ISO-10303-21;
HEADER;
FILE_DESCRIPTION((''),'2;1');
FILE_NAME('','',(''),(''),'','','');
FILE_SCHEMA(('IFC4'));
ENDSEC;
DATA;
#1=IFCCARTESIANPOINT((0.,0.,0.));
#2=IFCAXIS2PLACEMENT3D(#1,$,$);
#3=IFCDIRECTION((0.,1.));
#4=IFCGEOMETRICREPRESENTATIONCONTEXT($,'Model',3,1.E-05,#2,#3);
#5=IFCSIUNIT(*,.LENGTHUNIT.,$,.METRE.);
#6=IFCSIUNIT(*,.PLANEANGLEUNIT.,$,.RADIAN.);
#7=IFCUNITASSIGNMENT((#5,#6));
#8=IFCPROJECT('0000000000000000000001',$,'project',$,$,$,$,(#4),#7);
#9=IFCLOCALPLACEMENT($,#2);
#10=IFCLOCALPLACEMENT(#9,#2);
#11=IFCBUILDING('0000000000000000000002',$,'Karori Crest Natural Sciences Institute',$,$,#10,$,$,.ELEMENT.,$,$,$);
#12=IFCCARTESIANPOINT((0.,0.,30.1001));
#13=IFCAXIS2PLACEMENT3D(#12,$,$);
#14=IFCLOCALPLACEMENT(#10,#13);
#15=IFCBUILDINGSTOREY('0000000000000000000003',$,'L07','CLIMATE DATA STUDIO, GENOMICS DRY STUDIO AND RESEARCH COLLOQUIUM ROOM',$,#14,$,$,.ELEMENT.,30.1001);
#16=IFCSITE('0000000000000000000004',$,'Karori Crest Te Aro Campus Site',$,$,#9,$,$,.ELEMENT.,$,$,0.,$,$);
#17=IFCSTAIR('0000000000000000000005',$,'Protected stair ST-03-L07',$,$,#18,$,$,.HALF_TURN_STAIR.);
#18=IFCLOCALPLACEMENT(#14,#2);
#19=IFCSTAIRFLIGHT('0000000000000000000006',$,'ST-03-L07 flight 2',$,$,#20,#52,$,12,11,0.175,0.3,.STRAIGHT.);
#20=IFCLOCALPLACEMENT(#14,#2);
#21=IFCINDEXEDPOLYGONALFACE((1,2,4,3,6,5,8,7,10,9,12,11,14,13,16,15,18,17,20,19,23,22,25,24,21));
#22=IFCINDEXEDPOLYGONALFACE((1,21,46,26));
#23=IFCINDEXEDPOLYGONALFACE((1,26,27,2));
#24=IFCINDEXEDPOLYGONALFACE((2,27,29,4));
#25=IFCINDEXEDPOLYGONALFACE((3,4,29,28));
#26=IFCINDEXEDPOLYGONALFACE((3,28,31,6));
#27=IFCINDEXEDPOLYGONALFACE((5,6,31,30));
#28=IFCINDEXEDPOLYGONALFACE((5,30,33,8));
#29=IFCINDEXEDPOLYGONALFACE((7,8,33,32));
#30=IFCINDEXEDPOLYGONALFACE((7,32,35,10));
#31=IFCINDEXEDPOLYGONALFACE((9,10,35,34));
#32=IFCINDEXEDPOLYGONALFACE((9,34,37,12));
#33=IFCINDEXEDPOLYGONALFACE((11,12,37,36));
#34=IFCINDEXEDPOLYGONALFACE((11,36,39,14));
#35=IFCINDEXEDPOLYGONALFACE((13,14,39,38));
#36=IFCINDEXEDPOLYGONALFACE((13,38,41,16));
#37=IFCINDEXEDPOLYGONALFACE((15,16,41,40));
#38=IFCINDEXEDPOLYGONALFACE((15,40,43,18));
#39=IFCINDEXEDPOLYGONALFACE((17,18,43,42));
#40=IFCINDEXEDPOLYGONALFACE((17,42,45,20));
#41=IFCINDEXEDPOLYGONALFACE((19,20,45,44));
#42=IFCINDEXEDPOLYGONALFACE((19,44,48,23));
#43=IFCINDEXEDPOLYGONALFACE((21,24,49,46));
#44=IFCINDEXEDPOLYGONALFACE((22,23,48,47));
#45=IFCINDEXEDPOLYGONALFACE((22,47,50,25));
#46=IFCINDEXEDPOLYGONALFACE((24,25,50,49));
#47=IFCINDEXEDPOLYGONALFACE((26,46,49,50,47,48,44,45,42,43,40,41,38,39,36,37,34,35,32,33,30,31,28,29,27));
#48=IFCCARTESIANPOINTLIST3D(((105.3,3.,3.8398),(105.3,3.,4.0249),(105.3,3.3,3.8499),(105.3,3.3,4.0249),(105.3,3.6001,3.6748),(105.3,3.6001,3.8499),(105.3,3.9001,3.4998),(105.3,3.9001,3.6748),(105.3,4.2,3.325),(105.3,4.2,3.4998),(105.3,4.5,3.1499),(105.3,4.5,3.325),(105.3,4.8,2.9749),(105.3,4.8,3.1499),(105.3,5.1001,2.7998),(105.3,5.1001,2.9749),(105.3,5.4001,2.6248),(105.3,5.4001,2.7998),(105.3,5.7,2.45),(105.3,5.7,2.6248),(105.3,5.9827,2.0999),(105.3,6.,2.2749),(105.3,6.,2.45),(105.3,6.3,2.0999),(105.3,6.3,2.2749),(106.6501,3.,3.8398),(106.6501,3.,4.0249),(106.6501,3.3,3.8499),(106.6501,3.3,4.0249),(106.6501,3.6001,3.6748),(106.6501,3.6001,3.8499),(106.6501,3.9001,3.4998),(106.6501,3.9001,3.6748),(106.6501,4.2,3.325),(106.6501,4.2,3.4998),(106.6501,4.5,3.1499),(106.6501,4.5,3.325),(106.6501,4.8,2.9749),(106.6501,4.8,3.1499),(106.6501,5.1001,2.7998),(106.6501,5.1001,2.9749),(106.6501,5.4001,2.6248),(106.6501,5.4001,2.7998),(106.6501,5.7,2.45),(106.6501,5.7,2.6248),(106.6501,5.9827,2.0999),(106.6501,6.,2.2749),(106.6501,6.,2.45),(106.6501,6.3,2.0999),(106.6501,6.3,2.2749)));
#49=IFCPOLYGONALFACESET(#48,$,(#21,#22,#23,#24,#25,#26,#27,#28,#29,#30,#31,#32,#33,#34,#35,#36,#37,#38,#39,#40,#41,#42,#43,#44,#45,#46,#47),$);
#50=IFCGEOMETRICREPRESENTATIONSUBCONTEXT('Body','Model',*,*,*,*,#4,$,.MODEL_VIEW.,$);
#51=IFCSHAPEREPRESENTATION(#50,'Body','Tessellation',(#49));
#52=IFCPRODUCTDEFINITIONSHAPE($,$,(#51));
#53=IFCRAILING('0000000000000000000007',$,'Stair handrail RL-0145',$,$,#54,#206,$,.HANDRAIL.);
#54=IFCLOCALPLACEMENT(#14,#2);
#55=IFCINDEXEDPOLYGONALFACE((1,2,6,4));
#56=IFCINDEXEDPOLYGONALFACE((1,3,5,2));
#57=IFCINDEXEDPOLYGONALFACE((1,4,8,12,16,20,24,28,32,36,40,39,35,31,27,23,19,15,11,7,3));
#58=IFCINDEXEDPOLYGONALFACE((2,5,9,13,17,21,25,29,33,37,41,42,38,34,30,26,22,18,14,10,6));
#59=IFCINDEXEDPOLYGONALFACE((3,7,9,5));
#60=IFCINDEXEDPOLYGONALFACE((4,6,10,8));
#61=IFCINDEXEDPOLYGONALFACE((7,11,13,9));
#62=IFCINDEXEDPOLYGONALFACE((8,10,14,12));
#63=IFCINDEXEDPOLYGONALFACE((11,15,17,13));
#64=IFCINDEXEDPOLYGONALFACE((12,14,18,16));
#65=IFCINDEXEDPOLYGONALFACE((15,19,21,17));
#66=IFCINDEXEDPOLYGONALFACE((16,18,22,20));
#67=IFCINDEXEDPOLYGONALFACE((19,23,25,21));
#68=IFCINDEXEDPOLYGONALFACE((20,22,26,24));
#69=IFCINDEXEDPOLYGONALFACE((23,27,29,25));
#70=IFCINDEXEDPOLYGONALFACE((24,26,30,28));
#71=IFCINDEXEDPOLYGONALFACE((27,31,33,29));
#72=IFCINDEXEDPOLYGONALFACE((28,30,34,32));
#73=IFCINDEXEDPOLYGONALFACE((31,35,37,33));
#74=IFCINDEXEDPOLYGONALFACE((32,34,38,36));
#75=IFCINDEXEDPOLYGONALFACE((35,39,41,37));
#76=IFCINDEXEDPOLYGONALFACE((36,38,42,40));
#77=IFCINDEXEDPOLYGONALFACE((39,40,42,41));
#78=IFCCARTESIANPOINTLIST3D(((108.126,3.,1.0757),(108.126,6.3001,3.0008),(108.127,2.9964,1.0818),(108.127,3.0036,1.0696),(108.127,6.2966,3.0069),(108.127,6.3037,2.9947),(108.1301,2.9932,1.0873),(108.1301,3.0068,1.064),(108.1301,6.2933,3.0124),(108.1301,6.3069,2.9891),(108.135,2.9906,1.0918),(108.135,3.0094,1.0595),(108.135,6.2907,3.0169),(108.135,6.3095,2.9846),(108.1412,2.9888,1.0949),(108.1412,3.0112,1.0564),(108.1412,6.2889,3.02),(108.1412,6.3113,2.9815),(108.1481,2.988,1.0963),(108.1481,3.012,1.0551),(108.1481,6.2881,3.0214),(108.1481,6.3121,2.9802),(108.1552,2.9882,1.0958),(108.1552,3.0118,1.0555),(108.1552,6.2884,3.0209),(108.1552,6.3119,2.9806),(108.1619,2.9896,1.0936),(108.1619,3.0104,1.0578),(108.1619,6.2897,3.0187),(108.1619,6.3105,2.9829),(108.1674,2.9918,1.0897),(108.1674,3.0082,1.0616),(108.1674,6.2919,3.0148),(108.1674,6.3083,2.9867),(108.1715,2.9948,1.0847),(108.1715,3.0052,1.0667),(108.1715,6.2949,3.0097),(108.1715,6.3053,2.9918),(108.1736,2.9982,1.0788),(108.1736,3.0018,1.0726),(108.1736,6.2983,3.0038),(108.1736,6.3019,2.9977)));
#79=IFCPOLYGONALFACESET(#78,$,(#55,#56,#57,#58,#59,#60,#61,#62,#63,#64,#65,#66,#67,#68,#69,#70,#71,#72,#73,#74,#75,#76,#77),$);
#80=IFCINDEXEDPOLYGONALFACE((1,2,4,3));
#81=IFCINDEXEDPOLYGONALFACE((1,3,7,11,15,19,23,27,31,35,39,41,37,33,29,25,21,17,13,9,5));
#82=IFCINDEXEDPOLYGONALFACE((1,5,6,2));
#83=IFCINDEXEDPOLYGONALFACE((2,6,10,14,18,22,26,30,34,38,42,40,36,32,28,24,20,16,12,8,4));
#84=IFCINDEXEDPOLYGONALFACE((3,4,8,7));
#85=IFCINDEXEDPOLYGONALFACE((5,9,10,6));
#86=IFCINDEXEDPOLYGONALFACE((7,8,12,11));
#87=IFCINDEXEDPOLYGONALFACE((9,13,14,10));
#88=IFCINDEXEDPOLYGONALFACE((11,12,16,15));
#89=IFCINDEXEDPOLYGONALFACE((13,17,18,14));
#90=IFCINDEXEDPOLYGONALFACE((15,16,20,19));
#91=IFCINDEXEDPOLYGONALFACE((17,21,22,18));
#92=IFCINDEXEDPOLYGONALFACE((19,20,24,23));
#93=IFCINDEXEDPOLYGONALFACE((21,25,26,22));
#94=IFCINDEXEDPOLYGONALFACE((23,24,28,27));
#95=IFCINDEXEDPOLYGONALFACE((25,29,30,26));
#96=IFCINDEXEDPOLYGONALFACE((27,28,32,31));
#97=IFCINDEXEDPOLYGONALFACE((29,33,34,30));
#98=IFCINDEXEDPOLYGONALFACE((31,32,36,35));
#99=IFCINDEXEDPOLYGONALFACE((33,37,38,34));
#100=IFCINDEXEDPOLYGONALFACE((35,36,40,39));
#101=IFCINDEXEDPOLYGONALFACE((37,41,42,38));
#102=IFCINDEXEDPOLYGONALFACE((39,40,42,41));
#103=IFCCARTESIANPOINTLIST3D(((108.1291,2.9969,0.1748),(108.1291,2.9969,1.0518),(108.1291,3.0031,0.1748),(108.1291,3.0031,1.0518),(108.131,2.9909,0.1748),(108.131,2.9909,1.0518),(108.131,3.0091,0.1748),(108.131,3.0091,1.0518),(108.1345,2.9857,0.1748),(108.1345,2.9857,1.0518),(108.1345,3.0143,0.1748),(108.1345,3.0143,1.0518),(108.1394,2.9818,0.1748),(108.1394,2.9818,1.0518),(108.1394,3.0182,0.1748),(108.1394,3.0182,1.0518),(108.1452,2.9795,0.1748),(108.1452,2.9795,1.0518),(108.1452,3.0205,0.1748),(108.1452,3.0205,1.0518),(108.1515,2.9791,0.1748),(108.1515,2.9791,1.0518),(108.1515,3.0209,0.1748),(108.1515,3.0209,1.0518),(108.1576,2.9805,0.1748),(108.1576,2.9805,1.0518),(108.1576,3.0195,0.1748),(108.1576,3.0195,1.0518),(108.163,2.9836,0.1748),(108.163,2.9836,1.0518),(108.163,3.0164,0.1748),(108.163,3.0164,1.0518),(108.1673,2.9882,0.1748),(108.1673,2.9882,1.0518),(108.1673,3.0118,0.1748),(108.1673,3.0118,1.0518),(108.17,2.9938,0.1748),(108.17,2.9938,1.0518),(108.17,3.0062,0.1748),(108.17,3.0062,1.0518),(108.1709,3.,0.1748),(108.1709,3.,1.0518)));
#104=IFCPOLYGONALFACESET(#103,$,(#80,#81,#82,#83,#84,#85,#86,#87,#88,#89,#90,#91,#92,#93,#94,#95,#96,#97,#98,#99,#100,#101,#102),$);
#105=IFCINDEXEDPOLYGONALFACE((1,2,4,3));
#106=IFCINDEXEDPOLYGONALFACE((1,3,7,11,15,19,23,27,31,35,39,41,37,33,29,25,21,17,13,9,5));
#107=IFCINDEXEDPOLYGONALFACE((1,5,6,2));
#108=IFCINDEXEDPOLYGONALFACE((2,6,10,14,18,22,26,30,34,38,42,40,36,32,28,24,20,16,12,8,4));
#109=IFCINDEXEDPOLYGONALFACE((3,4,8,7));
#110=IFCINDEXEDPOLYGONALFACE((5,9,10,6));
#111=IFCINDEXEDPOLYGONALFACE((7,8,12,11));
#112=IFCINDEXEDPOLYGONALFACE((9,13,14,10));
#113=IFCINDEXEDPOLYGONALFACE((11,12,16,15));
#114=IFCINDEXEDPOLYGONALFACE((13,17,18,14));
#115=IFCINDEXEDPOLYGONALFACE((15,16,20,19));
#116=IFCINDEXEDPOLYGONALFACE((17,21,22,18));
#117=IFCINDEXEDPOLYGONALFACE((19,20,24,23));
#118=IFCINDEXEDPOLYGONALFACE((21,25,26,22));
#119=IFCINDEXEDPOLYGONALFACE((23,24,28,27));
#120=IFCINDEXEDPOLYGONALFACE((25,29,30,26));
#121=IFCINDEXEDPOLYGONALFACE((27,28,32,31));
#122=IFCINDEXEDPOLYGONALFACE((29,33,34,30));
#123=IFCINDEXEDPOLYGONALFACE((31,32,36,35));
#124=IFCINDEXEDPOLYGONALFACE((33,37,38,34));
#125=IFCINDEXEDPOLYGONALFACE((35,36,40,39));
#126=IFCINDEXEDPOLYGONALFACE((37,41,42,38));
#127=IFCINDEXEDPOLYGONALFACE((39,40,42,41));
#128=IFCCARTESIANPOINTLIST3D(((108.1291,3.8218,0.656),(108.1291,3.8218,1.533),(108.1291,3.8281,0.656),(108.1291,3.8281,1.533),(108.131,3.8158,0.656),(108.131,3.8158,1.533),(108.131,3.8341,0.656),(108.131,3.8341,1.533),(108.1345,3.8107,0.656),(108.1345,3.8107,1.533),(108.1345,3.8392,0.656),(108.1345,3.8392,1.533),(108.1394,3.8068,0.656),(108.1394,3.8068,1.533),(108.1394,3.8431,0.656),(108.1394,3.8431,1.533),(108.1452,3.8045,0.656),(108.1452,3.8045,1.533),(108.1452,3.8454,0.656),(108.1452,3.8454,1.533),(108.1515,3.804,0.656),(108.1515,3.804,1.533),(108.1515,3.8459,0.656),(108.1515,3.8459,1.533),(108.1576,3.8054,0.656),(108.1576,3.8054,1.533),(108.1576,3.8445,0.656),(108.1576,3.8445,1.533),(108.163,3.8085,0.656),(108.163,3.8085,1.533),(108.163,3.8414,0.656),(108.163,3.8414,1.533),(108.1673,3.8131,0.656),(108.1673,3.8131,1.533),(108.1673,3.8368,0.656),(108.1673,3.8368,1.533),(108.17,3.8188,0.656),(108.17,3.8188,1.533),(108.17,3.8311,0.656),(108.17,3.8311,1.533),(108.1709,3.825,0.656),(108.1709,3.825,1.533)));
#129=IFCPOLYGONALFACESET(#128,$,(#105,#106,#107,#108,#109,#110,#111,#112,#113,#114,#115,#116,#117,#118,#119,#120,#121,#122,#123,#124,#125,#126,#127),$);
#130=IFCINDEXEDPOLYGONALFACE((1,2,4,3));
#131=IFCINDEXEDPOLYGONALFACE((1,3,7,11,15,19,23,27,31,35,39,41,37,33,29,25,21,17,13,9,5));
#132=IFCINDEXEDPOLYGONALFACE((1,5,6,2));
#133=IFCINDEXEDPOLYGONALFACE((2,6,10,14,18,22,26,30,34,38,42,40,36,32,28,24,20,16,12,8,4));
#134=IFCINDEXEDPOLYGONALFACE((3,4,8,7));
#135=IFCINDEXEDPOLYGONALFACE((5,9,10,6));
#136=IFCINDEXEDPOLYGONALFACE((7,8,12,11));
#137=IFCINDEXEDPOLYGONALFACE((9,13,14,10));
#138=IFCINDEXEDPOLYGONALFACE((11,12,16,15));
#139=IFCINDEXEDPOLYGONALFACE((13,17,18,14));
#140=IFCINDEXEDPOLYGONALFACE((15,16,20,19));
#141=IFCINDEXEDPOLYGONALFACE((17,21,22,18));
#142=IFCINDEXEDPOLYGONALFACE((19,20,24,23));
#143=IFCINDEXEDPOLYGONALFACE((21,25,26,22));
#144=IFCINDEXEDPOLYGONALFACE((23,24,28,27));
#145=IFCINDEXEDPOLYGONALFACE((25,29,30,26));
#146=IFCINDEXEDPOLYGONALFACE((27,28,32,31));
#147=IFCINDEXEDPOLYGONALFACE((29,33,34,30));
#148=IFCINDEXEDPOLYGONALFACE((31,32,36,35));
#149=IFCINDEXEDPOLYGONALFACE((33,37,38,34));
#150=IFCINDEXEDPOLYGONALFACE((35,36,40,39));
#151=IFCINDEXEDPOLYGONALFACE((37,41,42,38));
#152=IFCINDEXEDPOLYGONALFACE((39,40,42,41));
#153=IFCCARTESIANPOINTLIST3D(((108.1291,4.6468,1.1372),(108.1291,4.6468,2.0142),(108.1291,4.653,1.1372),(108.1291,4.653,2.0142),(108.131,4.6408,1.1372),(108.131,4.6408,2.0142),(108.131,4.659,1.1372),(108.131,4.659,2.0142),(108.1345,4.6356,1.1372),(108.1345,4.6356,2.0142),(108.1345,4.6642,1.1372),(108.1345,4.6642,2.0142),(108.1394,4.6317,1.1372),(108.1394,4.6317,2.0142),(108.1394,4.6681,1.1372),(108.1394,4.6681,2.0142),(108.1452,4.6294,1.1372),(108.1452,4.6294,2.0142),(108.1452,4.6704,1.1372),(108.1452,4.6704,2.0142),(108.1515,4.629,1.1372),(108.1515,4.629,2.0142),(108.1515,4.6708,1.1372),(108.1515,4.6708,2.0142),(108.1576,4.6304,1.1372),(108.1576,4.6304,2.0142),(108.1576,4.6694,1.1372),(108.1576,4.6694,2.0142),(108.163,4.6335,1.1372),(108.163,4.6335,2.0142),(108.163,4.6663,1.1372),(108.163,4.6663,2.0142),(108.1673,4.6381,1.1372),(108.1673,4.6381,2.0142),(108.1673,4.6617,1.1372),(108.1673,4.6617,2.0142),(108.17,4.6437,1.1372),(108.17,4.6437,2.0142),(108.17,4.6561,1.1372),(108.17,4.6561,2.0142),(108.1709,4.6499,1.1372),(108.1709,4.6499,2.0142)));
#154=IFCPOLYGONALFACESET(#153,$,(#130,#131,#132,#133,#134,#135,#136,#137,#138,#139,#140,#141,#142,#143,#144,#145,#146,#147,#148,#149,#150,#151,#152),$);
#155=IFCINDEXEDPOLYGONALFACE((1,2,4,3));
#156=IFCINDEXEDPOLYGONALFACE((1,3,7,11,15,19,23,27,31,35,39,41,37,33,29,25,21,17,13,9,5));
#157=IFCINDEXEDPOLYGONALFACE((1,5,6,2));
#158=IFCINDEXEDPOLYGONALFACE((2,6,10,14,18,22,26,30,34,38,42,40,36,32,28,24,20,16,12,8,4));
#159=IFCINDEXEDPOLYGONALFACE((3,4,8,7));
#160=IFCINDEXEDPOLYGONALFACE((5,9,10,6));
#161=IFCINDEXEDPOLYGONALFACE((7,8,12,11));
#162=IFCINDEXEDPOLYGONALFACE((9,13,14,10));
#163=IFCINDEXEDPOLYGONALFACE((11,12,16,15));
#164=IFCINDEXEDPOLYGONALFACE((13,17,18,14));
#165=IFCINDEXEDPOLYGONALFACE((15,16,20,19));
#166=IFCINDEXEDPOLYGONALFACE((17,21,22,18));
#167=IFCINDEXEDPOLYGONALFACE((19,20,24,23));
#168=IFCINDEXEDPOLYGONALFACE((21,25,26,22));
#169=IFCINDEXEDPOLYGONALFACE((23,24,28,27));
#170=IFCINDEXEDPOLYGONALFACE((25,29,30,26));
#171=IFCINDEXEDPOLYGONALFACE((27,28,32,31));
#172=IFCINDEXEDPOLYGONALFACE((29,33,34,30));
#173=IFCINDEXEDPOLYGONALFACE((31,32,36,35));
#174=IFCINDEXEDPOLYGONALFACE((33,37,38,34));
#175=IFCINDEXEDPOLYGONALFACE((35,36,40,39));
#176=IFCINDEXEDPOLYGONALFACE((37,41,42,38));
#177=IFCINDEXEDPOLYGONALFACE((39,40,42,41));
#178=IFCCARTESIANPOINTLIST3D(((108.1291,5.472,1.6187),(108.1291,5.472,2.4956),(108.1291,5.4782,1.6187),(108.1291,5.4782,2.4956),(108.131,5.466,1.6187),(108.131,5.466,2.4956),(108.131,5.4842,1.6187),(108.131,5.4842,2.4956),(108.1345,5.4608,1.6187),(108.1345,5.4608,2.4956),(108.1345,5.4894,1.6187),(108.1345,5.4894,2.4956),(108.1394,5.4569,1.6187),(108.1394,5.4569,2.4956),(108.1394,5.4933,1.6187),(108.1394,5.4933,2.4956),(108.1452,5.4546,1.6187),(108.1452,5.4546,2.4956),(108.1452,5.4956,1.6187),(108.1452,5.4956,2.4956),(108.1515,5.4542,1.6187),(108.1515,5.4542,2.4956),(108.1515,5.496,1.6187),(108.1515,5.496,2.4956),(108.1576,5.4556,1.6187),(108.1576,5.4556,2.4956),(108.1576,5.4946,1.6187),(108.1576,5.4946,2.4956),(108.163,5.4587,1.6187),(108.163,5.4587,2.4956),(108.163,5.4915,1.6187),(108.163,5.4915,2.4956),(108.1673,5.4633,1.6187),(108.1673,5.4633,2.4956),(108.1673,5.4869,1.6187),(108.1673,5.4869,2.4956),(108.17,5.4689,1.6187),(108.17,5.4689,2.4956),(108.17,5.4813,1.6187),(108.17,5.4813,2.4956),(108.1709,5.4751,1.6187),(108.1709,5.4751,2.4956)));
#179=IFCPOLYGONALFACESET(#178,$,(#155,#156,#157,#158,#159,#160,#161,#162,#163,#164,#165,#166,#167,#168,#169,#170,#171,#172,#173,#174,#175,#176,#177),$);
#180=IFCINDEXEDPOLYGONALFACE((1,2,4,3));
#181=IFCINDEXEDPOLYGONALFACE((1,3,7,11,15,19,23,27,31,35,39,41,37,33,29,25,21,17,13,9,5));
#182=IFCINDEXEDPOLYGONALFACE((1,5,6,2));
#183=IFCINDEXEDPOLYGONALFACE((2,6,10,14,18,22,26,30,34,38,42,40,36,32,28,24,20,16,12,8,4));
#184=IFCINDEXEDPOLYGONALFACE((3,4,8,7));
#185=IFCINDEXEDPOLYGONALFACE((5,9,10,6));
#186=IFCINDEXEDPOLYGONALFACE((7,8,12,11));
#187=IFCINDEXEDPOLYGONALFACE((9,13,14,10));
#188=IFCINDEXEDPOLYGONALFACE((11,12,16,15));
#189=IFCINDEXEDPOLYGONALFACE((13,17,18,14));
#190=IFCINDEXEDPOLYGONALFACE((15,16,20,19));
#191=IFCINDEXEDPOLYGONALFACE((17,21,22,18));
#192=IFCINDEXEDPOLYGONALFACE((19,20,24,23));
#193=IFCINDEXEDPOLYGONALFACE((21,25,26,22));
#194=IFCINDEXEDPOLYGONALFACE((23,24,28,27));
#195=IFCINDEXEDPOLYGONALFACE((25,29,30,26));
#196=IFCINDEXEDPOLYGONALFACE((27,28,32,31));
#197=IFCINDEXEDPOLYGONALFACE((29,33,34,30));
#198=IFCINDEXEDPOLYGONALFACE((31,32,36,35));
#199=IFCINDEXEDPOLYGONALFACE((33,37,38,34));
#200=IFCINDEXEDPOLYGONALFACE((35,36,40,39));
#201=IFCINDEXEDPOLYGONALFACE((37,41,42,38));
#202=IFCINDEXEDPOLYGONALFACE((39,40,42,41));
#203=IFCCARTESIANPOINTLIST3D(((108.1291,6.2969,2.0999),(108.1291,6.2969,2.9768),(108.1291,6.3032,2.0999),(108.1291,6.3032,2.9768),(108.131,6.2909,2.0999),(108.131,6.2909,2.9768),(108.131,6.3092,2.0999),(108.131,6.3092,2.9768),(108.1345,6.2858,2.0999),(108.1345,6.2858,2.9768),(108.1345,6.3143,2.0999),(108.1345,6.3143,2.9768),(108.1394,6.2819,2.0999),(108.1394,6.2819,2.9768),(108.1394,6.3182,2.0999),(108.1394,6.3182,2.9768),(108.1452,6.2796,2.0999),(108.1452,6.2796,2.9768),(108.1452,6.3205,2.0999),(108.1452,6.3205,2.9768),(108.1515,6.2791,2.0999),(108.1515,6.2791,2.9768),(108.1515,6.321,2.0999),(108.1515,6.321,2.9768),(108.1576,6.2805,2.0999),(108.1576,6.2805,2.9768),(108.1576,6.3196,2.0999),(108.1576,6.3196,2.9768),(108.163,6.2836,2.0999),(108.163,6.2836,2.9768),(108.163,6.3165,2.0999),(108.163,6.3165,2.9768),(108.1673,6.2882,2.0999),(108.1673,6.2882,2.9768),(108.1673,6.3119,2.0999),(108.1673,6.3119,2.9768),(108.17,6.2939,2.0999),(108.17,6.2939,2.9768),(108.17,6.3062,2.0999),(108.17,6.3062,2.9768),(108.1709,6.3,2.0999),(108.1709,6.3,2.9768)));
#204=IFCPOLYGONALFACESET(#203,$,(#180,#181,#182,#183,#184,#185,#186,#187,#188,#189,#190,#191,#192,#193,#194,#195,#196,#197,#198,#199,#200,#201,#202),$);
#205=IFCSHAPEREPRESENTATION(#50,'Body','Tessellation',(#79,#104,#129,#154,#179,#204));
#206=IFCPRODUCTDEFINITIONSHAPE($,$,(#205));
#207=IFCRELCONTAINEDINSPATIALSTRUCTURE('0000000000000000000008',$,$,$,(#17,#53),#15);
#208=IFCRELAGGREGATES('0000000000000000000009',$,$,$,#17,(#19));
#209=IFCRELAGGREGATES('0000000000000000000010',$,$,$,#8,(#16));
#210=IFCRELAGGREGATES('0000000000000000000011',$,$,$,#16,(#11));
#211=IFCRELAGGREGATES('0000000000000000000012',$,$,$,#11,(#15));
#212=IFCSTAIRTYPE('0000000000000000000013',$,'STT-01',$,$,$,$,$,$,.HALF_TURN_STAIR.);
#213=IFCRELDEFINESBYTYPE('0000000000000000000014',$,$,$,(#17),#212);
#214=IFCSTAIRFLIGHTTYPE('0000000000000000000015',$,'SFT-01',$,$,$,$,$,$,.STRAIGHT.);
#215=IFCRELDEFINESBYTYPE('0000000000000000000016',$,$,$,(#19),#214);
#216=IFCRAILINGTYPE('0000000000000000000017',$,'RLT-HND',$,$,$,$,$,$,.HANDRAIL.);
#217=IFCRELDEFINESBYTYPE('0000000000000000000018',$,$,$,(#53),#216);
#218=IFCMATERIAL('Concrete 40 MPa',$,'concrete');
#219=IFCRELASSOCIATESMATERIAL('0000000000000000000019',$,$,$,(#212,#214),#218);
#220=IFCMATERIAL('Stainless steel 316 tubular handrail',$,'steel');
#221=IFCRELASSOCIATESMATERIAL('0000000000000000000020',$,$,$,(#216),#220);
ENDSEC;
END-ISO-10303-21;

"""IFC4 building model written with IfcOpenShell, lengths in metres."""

from ifc_helpers import new_model, si_unit, direction, frame, origin, origin_2d, place, context, subcontext, project, spatial, polyline, circle, outline, extrude, material, type_object, element, aggregate, save


model = new_model("IFC4")

# Units and contexts
model_context = context("Model", 3, precision=1e-05, world=origin(), true_north=direction((0.0, 1.0)))
body_context = subcontext(model_context, "Body", "Model", "MODEL_VIEW")
ifc_project = project(units=[si_unit("LENGTHUNIT", "METRE"), si_unit("PLANEANGLEUNIT", "RADIAN")], contexts=[model_context])

# Site, building, storey
site_placement = place(None, origin())
site = spatial("IfcSite", under=ifc_project, at=site_placement, Name="Karori Crest Te Aro Campus Site", CompositionType="ELEMENT", RefElevation=0.0)
building_placement = place(site_placement, origin())
building = spatial("IfcBuilding", under=site, at=building_placement, Name="Karori Crest Natural Sciences Institute", CompositionType="ELEMENT")
storey_placement = place(building_placement, frame((0.0, 0.0, 30.1001)))
storey = spatial("IfcBuildingStorey", under=building, at=storey_placement, Name="L07", Description="CLIMATE DATA STUDIO, GENOMICS DRY STUDIO AND RESEARCH COLLOQUIUM ROOM", CompositionType="ELEMENT", Elevation=30.1001)

# Shared definitions
ifc_material_1 = material(Name="Concrete 40 MPa", Category="concrete")

# Stair, stair flight
stair_type = type_object("IfcStairType", Name="STT-01", PredefinedType="HALF_TURN_STAIR", material=ifc_material_1)
stair_placement = place(storey_placement, origin())
stair = element("IfcStair", 1, at=stair_placement, inside=storey, type_object=stair_type, Name="Protected stair ST-03-L07", PredefinedType="HALF_TURN_STAIR")
stair_flight_type = type_object("IfcStairFlightType", Name="SFT-01", PredefinedType="STRAIGHT", material=ifc_material_1)
stair_flight_1_placement = place(storey_placement, frame((105.9751, 6.3, 2.0999), z_axis=(0.0, 0.0, 1.0), x_axis=(0.0, -1.0, 0.0)))
stair_flight_1 = element("IfcStairFlight", 2, at=stair_flight_1_placement, type_object=stair_flight_type, Name="ST-03-L07 flight 2", NumberOfRisers=12, NumberOfTreads=11, PredefinedType="STRAIGHT", RiserHeight=0.175, TreadLength=0.3, context=body_context, shape_type="SweptSolid", body=[
    extrude(outline(polyline([(0.0, 0.0), (0.0, 0.175), (0.3, 0.175), (0.3, 0.3501), (0.6001, 0.3501), (0.6001, 0.5249), (0.8999, 0.5249), (0.8999, 0.7), (1.2, 0.7), (1.2, 0.875), (1.5, 0.875), (1.5, 1.05), (1.8, 1.05), (1.8, 1.2251), (2.1001, 1.2251), (2.1001, 1.3999), (2.3999, 1.3999), (2.3999, 1.575), (2.7, 1.575), (2.7, 1.75), (3.0, 1.75), (3.0, 1.925), (3.3, 1.925), (3.3, 2.1001), (3.3, 1.74), (0.3174, 0.0), (0.0, 0.0)])), frame((0.0, 0.675, 0.0), z_axis=(0.0, -1.0, 0.0), x_axis=(1.0, 0.0, 0.0)), (0.0, 0.0, 1.0), 1.3501),
])
aggregate(stair, [stair_flight_1])

# Railing
ifc_material_2 = material(Name="Stainless steel 316 tubular handrail", Category="steel")
railing_type_1 = type_object("IfcRailingType", Name="RLT-HND", PredefinedType="HANDRAIL", material=ifc_material_2)
railing_1_placement = place(storey_placement, frame((108.1499, 3.0, 0.1748)))
element("IfcRailing", 3, at=railing_1_placement, inside=storey, type_object=railing_type_1, Name="Stair handrail RL-0145", PredefinedType="HANDRAIL", context=body_context, shape_type="SweptSolid", body=[
    extrude(circle(Radius=0.0239, at=origin_2d()), frame((0.0, 0.0, 0.9009), z_axis=(0.0, 0.863777, 0.503875), x_axis=(-1.0, 0.0, 0.0)), (0.0, 0.0, 1.0), 3.8206),
    extrude(circle(Radius=0.021, at=origin_2d()), origin(), (0.0, 0.0, 1.0), 0.877),
    extrude(circle(Radius=0.021, at=origin_2d()), frame((0.0, 0.825, 0.4812)), (0.0, 0.0, 1.0), 0.877),
    extrude(circle(Radius=0.021, at=origin_2d()), frame((0.0, 1.6499, 0.9624)), (0.0, 0.0, 1.0), 0.877),
    extrude(circle(Radius=0.021, at=origin_2d()), frame((0.0, 2.4751, 1.4438)), (0.0, 0.0, 1.0), 0.877),
    extrude(circle(Radius=0.021, at=origin_2d()), frame((0.0, 3.3, 1.925)), (0.0, 0.0, 1.0), 0.877),
])

save(model, "model.ifc")
